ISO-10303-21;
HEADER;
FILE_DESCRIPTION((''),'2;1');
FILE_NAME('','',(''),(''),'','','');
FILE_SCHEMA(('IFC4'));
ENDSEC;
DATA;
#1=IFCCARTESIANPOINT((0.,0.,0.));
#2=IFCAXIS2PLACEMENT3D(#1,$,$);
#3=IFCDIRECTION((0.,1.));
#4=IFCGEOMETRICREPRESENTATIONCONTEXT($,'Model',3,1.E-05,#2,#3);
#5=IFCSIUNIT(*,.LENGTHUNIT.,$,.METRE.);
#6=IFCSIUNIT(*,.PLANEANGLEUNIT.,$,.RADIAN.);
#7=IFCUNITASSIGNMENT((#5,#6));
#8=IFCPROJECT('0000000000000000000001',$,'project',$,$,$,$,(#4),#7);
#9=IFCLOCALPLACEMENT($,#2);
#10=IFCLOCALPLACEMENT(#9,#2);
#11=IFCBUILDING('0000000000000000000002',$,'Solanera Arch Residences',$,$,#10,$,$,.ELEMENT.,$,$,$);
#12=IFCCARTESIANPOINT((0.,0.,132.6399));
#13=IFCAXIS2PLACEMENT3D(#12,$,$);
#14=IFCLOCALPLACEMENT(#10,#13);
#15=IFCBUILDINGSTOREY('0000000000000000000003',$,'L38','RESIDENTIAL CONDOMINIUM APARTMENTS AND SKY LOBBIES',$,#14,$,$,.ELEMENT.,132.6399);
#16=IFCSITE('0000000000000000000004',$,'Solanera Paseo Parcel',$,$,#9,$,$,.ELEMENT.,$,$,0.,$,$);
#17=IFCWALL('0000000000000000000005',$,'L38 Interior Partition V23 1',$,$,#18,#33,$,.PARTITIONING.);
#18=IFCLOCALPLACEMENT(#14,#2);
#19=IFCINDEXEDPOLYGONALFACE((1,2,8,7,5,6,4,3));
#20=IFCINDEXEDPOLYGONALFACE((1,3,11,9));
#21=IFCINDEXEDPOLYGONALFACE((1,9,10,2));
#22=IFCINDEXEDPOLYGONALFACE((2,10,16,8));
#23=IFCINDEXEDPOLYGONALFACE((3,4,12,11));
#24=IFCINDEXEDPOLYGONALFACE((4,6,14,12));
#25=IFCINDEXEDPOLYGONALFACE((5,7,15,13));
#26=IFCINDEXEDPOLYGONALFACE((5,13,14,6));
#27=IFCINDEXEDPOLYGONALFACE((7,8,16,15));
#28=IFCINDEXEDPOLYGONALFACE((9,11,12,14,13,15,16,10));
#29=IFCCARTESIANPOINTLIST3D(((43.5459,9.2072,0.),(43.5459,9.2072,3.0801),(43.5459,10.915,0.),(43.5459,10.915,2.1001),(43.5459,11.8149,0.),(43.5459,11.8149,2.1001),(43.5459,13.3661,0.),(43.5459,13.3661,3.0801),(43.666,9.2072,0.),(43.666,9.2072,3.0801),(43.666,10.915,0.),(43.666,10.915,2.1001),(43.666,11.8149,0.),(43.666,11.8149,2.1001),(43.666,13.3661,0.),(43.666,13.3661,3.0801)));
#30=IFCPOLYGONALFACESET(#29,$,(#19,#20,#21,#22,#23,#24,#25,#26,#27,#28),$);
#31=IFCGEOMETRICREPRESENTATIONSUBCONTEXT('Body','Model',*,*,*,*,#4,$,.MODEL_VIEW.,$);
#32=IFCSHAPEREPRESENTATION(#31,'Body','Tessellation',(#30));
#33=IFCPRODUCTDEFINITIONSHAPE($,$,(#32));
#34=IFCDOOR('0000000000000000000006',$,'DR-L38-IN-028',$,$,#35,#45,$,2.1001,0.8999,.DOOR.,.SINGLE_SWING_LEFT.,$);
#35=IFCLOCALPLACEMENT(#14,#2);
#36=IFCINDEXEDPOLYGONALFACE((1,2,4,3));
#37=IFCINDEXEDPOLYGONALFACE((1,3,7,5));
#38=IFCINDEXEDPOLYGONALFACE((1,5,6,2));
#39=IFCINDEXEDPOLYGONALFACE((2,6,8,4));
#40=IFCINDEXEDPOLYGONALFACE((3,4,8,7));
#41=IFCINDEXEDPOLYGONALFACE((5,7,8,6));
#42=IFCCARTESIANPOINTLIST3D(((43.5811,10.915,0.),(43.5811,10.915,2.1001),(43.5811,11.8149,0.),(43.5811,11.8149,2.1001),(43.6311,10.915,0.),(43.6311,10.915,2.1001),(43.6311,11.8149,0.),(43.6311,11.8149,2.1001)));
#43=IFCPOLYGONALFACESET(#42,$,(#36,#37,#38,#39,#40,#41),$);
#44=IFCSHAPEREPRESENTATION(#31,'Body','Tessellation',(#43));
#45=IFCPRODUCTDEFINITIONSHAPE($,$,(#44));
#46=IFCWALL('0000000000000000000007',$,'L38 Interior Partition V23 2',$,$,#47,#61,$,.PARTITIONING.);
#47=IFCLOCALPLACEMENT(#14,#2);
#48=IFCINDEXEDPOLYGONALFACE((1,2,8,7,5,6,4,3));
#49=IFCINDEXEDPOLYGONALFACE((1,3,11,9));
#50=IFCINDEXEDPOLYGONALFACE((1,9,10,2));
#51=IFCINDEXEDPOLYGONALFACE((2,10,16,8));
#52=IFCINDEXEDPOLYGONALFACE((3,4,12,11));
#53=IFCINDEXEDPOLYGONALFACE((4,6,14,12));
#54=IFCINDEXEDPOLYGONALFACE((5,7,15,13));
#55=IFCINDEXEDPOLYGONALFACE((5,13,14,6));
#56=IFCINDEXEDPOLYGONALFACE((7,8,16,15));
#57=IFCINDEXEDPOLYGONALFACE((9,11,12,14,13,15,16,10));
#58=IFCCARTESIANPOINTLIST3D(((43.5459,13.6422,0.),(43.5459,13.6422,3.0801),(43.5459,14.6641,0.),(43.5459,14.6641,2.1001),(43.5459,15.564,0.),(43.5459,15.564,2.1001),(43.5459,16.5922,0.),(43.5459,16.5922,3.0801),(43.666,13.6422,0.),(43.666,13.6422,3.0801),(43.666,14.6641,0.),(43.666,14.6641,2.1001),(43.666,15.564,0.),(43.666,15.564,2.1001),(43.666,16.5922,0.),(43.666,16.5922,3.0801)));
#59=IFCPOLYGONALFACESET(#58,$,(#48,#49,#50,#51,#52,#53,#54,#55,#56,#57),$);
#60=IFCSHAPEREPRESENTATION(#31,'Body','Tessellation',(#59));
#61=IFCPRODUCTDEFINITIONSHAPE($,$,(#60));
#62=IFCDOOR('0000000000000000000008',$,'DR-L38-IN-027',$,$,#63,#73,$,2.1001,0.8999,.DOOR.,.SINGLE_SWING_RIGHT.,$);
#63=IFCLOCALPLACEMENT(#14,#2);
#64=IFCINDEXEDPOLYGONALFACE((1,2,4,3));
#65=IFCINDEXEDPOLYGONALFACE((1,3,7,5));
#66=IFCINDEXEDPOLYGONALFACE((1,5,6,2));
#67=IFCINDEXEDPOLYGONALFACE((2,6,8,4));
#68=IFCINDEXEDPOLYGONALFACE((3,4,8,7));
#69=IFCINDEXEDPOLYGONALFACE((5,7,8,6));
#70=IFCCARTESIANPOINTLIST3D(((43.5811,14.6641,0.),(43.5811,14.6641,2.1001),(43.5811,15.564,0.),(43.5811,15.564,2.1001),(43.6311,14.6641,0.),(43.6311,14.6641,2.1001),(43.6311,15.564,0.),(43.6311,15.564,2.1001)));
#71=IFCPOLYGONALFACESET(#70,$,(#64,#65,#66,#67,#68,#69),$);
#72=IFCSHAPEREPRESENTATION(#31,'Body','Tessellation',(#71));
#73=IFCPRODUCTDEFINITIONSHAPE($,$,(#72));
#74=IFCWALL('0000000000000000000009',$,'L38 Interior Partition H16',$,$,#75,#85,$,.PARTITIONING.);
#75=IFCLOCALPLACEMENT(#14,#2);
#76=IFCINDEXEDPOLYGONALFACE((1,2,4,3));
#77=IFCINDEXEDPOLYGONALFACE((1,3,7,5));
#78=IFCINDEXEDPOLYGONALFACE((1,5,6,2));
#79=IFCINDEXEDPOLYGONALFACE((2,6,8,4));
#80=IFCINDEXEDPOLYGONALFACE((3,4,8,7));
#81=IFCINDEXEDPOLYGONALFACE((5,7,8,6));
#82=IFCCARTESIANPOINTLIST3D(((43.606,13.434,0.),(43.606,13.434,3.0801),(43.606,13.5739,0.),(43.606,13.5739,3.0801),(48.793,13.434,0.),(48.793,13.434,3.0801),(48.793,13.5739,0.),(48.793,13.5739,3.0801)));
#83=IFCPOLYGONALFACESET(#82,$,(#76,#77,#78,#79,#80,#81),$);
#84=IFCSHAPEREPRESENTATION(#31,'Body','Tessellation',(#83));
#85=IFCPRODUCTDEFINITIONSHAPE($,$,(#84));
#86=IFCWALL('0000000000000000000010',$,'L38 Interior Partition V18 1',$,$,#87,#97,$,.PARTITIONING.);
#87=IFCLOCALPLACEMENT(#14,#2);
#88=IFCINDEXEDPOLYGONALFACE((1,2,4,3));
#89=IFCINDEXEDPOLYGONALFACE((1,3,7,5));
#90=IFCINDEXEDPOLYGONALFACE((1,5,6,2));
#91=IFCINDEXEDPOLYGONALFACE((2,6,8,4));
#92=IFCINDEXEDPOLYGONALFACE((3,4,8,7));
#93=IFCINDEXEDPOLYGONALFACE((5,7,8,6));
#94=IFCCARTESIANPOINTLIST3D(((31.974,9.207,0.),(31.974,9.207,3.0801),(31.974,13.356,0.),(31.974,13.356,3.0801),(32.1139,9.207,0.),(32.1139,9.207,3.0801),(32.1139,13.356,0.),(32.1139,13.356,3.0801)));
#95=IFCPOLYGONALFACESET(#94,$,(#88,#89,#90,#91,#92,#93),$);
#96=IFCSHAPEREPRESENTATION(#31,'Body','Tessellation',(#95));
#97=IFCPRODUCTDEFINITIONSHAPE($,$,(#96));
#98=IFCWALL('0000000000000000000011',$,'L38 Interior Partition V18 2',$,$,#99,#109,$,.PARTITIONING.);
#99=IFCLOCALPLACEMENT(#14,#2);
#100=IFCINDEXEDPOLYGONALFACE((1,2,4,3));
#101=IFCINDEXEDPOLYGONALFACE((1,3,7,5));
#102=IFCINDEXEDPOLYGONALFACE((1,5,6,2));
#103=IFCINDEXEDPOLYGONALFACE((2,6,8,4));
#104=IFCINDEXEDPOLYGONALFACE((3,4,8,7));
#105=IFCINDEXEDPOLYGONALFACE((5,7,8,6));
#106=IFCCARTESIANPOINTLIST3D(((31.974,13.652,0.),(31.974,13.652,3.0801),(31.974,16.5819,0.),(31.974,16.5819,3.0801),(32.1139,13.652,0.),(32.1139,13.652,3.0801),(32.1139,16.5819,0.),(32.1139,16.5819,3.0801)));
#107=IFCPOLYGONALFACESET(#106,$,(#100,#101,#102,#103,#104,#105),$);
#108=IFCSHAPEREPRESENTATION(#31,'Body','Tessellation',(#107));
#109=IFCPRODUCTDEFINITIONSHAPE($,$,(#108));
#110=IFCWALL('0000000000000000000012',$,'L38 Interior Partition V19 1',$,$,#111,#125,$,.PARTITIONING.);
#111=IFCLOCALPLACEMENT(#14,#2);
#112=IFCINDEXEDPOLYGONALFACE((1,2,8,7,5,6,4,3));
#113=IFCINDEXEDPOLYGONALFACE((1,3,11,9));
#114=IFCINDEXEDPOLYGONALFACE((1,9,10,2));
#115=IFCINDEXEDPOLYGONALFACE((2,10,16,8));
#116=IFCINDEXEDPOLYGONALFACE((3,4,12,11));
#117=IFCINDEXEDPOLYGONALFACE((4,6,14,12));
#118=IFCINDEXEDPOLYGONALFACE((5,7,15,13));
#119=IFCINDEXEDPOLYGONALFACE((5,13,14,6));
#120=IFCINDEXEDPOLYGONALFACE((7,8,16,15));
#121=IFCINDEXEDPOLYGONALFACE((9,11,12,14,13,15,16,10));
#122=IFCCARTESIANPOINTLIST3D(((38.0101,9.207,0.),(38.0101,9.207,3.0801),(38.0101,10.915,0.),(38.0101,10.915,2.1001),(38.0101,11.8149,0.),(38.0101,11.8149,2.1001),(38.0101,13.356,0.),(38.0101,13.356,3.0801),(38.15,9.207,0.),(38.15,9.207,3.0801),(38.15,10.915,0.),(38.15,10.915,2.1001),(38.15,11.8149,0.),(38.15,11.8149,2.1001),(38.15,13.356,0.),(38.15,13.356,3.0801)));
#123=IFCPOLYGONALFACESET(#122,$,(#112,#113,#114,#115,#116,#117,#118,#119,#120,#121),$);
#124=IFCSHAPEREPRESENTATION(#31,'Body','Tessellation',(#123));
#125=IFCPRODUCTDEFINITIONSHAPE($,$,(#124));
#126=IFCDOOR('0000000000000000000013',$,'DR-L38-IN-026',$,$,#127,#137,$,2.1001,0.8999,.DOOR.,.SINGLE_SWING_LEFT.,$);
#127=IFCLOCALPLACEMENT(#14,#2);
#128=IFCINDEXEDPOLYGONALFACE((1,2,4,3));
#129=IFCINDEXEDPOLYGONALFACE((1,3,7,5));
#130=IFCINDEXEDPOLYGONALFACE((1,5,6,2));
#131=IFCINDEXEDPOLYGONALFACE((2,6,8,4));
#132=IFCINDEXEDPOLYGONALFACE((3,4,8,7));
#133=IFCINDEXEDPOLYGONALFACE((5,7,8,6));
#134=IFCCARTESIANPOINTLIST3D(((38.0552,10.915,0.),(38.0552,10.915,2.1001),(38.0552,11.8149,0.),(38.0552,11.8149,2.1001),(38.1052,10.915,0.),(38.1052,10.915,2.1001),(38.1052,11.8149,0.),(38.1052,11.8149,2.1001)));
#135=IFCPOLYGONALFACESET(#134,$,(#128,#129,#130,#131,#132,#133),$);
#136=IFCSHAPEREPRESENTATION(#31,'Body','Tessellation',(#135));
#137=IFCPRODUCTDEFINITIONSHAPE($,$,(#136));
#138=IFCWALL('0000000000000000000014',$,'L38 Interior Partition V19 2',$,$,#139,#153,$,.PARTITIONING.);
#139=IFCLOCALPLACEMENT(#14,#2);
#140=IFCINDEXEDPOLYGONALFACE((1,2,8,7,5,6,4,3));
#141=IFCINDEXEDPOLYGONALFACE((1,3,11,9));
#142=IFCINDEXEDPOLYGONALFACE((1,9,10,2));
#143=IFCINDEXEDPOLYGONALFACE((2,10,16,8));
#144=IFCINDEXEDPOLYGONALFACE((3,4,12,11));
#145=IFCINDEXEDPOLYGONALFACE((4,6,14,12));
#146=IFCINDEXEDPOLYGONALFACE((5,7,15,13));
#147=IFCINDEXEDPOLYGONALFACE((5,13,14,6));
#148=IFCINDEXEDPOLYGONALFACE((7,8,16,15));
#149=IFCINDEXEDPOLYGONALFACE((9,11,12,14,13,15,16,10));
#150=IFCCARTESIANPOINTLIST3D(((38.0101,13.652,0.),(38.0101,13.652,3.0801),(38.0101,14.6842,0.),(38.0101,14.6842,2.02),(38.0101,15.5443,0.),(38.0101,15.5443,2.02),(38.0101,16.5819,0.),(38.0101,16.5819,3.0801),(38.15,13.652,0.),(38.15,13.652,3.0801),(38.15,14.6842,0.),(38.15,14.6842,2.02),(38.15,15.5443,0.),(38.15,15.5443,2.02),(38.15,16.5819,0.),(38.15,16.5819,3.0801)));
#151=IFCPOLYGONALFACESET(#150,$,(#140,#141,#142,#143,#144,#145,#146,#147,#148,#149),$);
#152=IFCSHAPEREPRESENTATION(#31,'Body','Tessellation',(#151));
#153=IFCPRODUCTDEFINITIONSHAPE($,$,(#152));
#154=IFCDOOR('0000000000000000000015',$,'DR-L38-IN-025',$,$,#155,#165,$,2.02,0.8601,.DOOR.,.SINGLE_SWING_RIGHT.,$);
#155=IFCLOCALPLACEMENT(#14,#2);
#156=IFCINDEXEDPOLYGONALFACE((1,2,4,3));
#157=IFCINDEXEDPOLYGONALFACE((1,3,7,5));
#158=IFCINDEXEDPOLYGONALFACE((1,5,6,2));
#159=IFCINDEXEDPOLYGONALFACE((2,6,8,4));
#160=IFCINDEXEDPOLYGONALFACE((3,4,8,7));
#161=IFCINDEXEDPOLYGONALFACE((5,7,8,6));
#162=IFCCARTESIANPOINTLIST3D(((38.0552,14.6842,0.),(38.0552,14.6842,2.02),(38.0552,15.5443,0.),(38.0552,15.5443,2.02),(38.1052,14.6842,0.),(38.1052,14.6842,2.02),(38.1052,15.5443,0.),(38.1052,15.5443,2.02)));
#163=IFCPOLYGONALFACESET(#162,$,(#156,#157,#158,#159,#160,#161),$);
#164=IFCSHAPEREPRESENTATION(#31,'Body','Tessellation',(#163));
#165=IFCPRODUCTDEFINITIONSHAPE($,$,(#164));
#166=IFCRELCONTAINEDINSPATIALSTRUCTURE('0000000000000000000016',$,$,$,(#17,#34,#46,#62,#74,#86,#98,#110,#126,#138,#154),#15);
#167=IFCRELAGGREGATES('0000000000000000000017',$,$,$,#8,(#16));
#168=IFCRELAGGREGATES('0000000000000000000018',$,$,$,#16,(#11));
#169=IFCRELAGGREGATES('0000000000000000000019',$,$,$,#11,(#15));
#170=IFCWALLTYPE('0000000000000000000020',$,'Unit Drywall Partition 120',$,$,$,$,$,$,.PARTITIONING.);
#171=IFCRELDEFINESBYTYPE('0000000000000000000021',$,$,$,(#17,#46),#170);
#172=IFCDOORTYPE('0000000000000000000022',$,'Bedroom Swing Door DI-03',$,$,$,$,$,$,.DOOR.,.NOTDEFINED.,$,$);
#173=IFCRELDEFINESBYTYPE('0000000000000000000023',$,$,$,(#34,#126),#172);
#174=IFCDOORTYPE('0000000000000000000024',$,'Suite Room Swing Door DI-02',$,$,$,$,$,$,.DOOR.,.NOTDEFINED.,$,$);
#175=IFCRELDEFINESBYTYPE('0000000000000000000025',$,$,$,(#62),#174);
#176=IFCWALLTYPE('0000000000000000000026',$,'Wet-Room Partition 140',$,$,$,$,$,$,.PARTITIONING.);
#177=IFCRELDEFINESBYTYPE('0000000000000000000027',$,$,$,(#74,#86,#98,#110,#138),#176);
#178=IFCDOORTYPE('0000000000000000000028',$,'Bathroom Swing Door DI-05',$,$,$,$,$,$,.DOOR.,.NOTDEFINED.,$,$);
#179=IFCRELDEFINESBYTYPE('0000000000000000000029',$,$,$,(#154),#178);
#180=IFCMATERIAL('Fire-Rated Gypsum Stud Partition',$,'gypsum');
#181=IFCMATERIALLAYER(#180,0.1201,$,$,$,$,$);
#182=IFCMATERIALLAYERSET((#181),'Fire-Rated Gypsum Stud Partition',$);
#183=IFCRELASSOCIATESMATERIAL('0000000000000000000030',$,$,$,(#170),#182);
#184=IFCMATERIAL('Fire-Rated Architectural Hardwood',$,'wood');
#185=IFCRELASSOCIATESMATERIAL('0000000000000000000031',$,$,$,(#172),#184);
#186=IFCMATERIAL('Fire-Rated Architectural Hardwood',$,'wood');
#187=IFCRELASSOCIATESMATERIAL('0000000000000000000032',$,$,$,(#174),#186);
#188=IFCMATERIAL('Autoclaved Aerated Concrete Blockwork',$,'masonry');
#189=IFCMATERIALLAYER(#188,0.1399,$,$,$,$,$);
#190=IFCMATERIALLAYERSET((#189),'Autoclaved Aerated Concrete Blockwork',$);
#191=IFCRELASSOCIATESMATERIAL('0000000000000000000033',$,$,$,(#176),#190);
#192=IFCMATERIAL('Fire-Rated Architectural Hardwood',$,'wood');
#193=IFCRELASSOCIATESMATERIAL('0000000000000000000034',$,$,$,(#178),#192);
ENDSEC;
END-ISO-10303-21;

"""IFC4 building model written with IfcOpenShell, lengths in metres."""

from ifc_helpers import new_model, si_unit, direction, frame, frame_2d, origin, place, context, subcontext, project, spatial, rectangle, extrude, material, layer, layer_set, type_object, element, fill, save


model = new_model("IFC4")

# Units and contexts
model_context = context("Model", 3, precision=1e-05, world=origin(), true_north=direction((0.0, 1.0)))
body_context = subcontext(model_context, "Body", "Model", "MODEL_VIEW")
ifc_project = project(units=[si_unit("LENGTHUNIT", "METRE"), si_unit("PLANEANGLEUNIT", "RADIAN")], contexts=[model_context])

# Site, building, storey
site_placement = place(None, origin())
site = spatial("IfcSite", under=ifc_project, at=site_placement, Name="Solanera Paseo Parcel", CompositionType="ELEMENT", RefElevation=0.0)
building_placement = place(site_placement, origin())
building = spatial("IfcBuilding", under=site, at=building_placement, Name="Solanera Arch Residences", CompositionType="ELEMENT")
storey_placement = place(building_placement, frame((0.0, 0.0, 132.6399)))
storey = spatial("IfcBuildingStorey", under=building, at=storey_placement, Name="L38", Description="RESIDENTIAL CONDOMINIUM APARTMENTS AND SKY LOBBIES", CompositionType="ELEMENT", Elevation=132.6399)

# Shared definitions
ifc_material_1 = material(Name="Fire-Rated Gypsum Stud Partition", Category="gypsum")
ifc_layer_1 = layer(ifc_material_1, 0.1201)
ifc_layer_set_1 = layer_set([ifc_layer_1], Name="Fire-Rated Gypsum Stud Partition")
wall_type_1 = type_object("IfcWallType", Name="Unit Drywall Partition 120", PredefinedType="PARTITIONING", material=ifc_layer_set_1)

# Walls, openings, doors
wall_1_placement = place(storey_placement, frame((43.606, 9.207, 0.0), z_axis=(0.0, 0.0, 1.0), x_axis=(0.0, 1.0, 0.0)))
wall_1 = element("IfcWall", 1, at=wall_1_placement, inside=storey, type_object=wall_type_1, Name="L38 Interior Partition V23 1", PredefinedType="PARTITIONING", context=body_context, shape_type="SweptSolid", body=[
    extrude(rectangle(XDim=4.1589, YDim=0.1201, at=frame_2d((2.0796, 0.0))), origin(), (0.0, 0.0, 1.0), 3.0801),
])
opening_1_placement = place(wall_1_placement, frame((1.708, 0.0, 0.0)))
opening_1 = element("IfcOpeningElement", 2, at=opening_1_placement, cuts=wall_1, PredefinedType="OPENING", context=body_context, shape_type="SweptSolid", body=[
    extrude(rectangle(XDim=0.8999, YDim=2.1001, at=frame_2d((0.45, 1.05))), frame((0.0, 0.0701, 0.0), z_axis=(0.0, -1.0, 0.0), x_axis=(1.0, 0.0, 0.0)), (0.0, 0.0, 1.0), 0.1401),
])
ifc_material_2 = material(Name="Fire-Rated Architectural Hardwood", Category="wood")
door_type_1 = type_object("IfcDoorType", Name="Bedroom Swing Door DI-03", OperationType="NOTDEFINED", PredefinedType="DOOR", material=ifc_material_2)
door_1_placement = place(opening_1_placement, origin())
door_1 = element("IfcDoor", 3, at=door_1_placement, inside=storey, type_object=door_type_1, Name="DR-L38-IN-028", OperationType="SINGLE_SWING_LEFT", OverallHeight=2.1001, OverallWidth=0.8999, PredefinedType="DOOR", context=body_context, shape_type="SweptSolid", body=[
    extrude(rectangle(XDim=0.8999, YDim=2.1001, at=frame_2d((0.45, 1.05))), frame((0.0, 0.0249, 0.0), z_axis=(0.0, -1.0, 0.0), x_axis=(1.0, 0.0, 0.0)), (0.0, 0.0, 1.0), 0.05),
])
fill(opening_1, door_1)
wall_2_placement = place(storey_placement, frame((43.606, 13.6421, 0.0), z_axis=(0.0, 0.0, 1.0), x_axis=(0.0, 1.0, 0.0)))
wall_2 = element("IfcWall", 4, at=wall_2_placement, inside=storey, type_object=wall_type_1, Name="L38 Interior Partition V23 2", PredefinedType="PARTITIONING", context=body_context, shape_type="SweptSolid", body=[
    extrude(rectangle(XDim=2.95, YDim=0.1201, at=frame_2d((1.4751, 0.0))), origin(), (0.0, 0.0, 1.0), 3.0801),
])
opening_2_placement = place(wall_2_placement, frame((1.022, 0.0, 0.0)))
opening_2 = element("IfcOpeningElement", 5, at=opening_2_placement, cuts=wall_2, PredefinedType="OPENING", context=body_context, shape_type="SweptSolid", body=[
    extrude(rectangle(XDim=0.8999, YDim=2.1001, at=frame_2d((0.45, 1.05))), frame((0.0, 0.0701, 0.0), z_axis=(0.0, -1.0, 0.0), x_axis=(1.0, 0.0, 0.0)), (0.0, 0.0, 1.0), 0.1401),
])
ifc_material_3 = material(Name="Fire-Rated Architectural Hardwood", Category="wood")
door_type_2 = type_object("IfcDoorType", Name="Suite Room Swing Door DI-02", OperationType="NOTDEFINED", PredefinedType="DOOR", material=ifc_material_3)
door_2_placement = place(opening_2_placement, origin())
door_2 = element("IfcDoor", 6, at=door_2_placement, inside=storey, type_object=door_type_2, Name="DR-L38-IN-027", OperationType="SINGLE_SWING_RIGHT", OverallHeight=2.1001, OverallWidth=0.8999, PredefinedType="DOOR", context=body_context, shape_type="SweptSolid", body=[
    extrude(rectangle(XDim=0.8999, YDim=2.1001, at=frame_2d((0.45, 1.05))), frame((0.0, 0.0249, 0.0), z_axis=(0.0, -1.0, 0.0), x_axis=(1.0, 0.0, 0.0)), (0.0, 0.0, 1.0), 0.05),
])
fill(opening_2, door_2)

# Walls
ifc_material_4 = material(Name="Autoclaved Aerated Concrete Blockwork", Category="masonry")
ifc_layer_2 = layer(ifc_material_4, 0.1399)
ifc_layer_set_2 = layer_set([ifc_layer_2], Name="Autoclaved Aerated Concrete Blockwork")
wall_type_2 = type_object("IfcWallType", Name="Wet-Room Partition 140", PredefinedType="PARTITIONING", material=ifc_layer_set_2)
wall_3_placement = place(storey_placement, frame((43.606, 13.5039, 0.0), z_axis=(0.0, 0.0, 1.0), x_axis=(1.0, 0.0, 0.0)))
element("IfcWall", 7, at=wall_3_placement, inside=storey, type_object=wall_type_2, Name="L38 Interior Partition H16", PredefinedType="PARTITIONING", context=body_context, shape_type="SweptSolid", body=[
    extrude(rectangle(XDim=5.187, YDim=0.1399, at=frame_2d((2.5935, 0.0))), origin(), (0.0, 0.0, 1.0), 3.0801),
])
wall_4_placement = place(storey_placement, frame((32.0439, 9.207, 0.0), z_axis=(0.0, 0.0, 1.0), x_axis=(0.0, 1.0, 0.0)))
element("IfcWall", 8, at=wall_4_placement, inside=storey, type_object=wall_type_2, Name="L38 Interior Partition V18 1", PredefinedType="PARTITIONING", context=body_context, shape_type="SweptSolid", body=[
    extrude(rectangle(XDim=4.1489, YDim=0.1399, at=frame_2d((2.0745, 0.0))), origin(), (0.0, 0.0, 1.0), 3.0801),
])
wall_5_placement = place(storey_placement, frame((32.0439, 13.6521, 0.0), z_axis=(0.0, 0.0, 1.0), x_axis=(0.0, 1.0, 0.0)))
element("IfcWall", 9, at=wall_5_placement, inside=storey, type_object=wall_type_2, Name="L38 Interior Partition V18 2", PredefinedType="PARTITIONING", context=body_context, shape_type="SweptSolid", body=[
    extrude(rectangle(XDim=2.9299, YDim=0.1399, at=frame_2d((1.4648, 0.0))), origin(), (0.0, 0.0, 1.0), 3.0801),
])

# Walls, openings, doors
wall_6_placement = place(storey_placement, frame((38.0801, 9.207, 0.0), z_axis=(0.0, 0.0, 1.0), x_axis=(0.0, 1.0, 0.0)))
wall_6 = element("IfcWall", 10, at=wall_6_placement, inside=storey, type_object=wall_type_2, Name="L38 Interior Partition V19 1", PredefinedType="PARTITIONING", context=body_context, shape_type="SweptSolid", body=[
    extrude(rectangle(XDim=4.1489, YDim=0.1399, at=frame_2d((2.0745, 0.0))), origin(), (0.0, 0.0, 1.0), 3.0801),
])
opening_3_placement = place(wall_6_placement, frame((1.708, 0.0, 0.0)))
opening_3 = element("IfcOpeningElement", 11, at=opening_3_placement, cuts=wall_6, PredefinedType="OPENING", context=body_context, shape_type="SweptSolid", body=[
    extrude(rectangle(XDim=0.8999, YDim=2.1001, at=frame_2d((0.45, 1.05))), frame((0.0, 0.0798, 0.0), z_axis=(0.0, -1.0, 0.0), x_axis=(1.0, 0.0, 0.0)), (0.0, 0.0, 1.0), 0.1599),
])
door_3_placement = place(opening_3_placement, origin())
door_3 = element("IfcDoor", 12, at=door_3_placement, inside=storey, type_object=door_type_1, Name="DR-L38-IN-026", OperationType="SINGLE_SWING_LEFT", OverallHeight=2.1001, OverallWidth=0.8999, PredefinedType="DOOR", context=body_context, shape_type="SweptSolid", body=[
    extrude(rectangle(XDim=0.8999, YDim=2.1001, at=frame_2d((0.45, 1.05))), frame((0.0, 0.0249, 0.0), z_axis=(0.0, -1.0, 0.0), x_axis=(1.0, 0.0, 0.0)), (0.0, 0.0, 1.0), 0.05),
])
fill(opening_3, door_3)
wall_7_placement = place(storey_placement, frame((38.0801, 13.6521, 0.0), z_axis=(0.0, 0.0, 1.0), x_axis=(0.0, 1.0, 0.0)))
wall_7 = element("IfcWall", 13, at=wall_7_placement, inside=storey, type_object=wall_type_2, Name="L38 Interior Partition V19 2", PredefinedType="PARTITIONING", context=body_context, shape_type="SweptSolid", body=[
    extrude(rectangle(XDim=2.9299, YDim=0.1399, at=frame_2d((1.4648, 0.0))), origin(), (0.0, 0.0, 1.0), 3.0801),
])
opening_4_placement = place(wall_7_placement, frame((1.032, 0.0, 0.0)))
opening_4 = element("IfcOpeningElement", 14, at=opening_4_placement, cuts=wall_7, PredefinedType="OPENING", context=body_context, shape_type="SweptSolid", body=[
    extrude(rectangle(XDim=0.8601, YDim=2.02, at=frame_2d((0.4302, 1.01))), frame((0.0, 0.0798, 0.0), z_axis=(0.0, -1.0, 0.0), x_axis=(1.0, 0.0, 0.0)), (0.0, 0.0, 1.0), 0.1599),
])
ifc_material_5 = material(Name="Fire-Rated Architectural Hardwood", Category="wood")
door_type_3 = type_object("IfcDoorType", Name="Bathroom Swing Door DI-05", OperationType="NOTDEFINED", PredefinedType="DOOR", material=ifc_material_5)
door_4_placement = place(opening_4_placement, origin())
door_4 = element("IfcDoor", 15, at=door_4_placement, inside=storey, type_object=door_type_3, Name="DR-L38-IN-025", OperationType="SINGLE_SWING_RIGHT", OverallHeight=2.02, OverallWidth=0.8601, PredefinedType="DOOR", context=body_context, shape_type="SweptSolid", body=[
    extrude(rectangle(XDim=0.8601, YDim=2.02, at=frame_2d((0.4302, 1.01))), frame((0.0, 0.0249, 0.0), z_axis=(0.0, -1.0, 0.0), x_axis=(1.0, 0.0, 0.0)), (0.0, 0.0, 1.0), 0.05),
])
fill(opening_4, door_4)

save(model, "model.ifc")
